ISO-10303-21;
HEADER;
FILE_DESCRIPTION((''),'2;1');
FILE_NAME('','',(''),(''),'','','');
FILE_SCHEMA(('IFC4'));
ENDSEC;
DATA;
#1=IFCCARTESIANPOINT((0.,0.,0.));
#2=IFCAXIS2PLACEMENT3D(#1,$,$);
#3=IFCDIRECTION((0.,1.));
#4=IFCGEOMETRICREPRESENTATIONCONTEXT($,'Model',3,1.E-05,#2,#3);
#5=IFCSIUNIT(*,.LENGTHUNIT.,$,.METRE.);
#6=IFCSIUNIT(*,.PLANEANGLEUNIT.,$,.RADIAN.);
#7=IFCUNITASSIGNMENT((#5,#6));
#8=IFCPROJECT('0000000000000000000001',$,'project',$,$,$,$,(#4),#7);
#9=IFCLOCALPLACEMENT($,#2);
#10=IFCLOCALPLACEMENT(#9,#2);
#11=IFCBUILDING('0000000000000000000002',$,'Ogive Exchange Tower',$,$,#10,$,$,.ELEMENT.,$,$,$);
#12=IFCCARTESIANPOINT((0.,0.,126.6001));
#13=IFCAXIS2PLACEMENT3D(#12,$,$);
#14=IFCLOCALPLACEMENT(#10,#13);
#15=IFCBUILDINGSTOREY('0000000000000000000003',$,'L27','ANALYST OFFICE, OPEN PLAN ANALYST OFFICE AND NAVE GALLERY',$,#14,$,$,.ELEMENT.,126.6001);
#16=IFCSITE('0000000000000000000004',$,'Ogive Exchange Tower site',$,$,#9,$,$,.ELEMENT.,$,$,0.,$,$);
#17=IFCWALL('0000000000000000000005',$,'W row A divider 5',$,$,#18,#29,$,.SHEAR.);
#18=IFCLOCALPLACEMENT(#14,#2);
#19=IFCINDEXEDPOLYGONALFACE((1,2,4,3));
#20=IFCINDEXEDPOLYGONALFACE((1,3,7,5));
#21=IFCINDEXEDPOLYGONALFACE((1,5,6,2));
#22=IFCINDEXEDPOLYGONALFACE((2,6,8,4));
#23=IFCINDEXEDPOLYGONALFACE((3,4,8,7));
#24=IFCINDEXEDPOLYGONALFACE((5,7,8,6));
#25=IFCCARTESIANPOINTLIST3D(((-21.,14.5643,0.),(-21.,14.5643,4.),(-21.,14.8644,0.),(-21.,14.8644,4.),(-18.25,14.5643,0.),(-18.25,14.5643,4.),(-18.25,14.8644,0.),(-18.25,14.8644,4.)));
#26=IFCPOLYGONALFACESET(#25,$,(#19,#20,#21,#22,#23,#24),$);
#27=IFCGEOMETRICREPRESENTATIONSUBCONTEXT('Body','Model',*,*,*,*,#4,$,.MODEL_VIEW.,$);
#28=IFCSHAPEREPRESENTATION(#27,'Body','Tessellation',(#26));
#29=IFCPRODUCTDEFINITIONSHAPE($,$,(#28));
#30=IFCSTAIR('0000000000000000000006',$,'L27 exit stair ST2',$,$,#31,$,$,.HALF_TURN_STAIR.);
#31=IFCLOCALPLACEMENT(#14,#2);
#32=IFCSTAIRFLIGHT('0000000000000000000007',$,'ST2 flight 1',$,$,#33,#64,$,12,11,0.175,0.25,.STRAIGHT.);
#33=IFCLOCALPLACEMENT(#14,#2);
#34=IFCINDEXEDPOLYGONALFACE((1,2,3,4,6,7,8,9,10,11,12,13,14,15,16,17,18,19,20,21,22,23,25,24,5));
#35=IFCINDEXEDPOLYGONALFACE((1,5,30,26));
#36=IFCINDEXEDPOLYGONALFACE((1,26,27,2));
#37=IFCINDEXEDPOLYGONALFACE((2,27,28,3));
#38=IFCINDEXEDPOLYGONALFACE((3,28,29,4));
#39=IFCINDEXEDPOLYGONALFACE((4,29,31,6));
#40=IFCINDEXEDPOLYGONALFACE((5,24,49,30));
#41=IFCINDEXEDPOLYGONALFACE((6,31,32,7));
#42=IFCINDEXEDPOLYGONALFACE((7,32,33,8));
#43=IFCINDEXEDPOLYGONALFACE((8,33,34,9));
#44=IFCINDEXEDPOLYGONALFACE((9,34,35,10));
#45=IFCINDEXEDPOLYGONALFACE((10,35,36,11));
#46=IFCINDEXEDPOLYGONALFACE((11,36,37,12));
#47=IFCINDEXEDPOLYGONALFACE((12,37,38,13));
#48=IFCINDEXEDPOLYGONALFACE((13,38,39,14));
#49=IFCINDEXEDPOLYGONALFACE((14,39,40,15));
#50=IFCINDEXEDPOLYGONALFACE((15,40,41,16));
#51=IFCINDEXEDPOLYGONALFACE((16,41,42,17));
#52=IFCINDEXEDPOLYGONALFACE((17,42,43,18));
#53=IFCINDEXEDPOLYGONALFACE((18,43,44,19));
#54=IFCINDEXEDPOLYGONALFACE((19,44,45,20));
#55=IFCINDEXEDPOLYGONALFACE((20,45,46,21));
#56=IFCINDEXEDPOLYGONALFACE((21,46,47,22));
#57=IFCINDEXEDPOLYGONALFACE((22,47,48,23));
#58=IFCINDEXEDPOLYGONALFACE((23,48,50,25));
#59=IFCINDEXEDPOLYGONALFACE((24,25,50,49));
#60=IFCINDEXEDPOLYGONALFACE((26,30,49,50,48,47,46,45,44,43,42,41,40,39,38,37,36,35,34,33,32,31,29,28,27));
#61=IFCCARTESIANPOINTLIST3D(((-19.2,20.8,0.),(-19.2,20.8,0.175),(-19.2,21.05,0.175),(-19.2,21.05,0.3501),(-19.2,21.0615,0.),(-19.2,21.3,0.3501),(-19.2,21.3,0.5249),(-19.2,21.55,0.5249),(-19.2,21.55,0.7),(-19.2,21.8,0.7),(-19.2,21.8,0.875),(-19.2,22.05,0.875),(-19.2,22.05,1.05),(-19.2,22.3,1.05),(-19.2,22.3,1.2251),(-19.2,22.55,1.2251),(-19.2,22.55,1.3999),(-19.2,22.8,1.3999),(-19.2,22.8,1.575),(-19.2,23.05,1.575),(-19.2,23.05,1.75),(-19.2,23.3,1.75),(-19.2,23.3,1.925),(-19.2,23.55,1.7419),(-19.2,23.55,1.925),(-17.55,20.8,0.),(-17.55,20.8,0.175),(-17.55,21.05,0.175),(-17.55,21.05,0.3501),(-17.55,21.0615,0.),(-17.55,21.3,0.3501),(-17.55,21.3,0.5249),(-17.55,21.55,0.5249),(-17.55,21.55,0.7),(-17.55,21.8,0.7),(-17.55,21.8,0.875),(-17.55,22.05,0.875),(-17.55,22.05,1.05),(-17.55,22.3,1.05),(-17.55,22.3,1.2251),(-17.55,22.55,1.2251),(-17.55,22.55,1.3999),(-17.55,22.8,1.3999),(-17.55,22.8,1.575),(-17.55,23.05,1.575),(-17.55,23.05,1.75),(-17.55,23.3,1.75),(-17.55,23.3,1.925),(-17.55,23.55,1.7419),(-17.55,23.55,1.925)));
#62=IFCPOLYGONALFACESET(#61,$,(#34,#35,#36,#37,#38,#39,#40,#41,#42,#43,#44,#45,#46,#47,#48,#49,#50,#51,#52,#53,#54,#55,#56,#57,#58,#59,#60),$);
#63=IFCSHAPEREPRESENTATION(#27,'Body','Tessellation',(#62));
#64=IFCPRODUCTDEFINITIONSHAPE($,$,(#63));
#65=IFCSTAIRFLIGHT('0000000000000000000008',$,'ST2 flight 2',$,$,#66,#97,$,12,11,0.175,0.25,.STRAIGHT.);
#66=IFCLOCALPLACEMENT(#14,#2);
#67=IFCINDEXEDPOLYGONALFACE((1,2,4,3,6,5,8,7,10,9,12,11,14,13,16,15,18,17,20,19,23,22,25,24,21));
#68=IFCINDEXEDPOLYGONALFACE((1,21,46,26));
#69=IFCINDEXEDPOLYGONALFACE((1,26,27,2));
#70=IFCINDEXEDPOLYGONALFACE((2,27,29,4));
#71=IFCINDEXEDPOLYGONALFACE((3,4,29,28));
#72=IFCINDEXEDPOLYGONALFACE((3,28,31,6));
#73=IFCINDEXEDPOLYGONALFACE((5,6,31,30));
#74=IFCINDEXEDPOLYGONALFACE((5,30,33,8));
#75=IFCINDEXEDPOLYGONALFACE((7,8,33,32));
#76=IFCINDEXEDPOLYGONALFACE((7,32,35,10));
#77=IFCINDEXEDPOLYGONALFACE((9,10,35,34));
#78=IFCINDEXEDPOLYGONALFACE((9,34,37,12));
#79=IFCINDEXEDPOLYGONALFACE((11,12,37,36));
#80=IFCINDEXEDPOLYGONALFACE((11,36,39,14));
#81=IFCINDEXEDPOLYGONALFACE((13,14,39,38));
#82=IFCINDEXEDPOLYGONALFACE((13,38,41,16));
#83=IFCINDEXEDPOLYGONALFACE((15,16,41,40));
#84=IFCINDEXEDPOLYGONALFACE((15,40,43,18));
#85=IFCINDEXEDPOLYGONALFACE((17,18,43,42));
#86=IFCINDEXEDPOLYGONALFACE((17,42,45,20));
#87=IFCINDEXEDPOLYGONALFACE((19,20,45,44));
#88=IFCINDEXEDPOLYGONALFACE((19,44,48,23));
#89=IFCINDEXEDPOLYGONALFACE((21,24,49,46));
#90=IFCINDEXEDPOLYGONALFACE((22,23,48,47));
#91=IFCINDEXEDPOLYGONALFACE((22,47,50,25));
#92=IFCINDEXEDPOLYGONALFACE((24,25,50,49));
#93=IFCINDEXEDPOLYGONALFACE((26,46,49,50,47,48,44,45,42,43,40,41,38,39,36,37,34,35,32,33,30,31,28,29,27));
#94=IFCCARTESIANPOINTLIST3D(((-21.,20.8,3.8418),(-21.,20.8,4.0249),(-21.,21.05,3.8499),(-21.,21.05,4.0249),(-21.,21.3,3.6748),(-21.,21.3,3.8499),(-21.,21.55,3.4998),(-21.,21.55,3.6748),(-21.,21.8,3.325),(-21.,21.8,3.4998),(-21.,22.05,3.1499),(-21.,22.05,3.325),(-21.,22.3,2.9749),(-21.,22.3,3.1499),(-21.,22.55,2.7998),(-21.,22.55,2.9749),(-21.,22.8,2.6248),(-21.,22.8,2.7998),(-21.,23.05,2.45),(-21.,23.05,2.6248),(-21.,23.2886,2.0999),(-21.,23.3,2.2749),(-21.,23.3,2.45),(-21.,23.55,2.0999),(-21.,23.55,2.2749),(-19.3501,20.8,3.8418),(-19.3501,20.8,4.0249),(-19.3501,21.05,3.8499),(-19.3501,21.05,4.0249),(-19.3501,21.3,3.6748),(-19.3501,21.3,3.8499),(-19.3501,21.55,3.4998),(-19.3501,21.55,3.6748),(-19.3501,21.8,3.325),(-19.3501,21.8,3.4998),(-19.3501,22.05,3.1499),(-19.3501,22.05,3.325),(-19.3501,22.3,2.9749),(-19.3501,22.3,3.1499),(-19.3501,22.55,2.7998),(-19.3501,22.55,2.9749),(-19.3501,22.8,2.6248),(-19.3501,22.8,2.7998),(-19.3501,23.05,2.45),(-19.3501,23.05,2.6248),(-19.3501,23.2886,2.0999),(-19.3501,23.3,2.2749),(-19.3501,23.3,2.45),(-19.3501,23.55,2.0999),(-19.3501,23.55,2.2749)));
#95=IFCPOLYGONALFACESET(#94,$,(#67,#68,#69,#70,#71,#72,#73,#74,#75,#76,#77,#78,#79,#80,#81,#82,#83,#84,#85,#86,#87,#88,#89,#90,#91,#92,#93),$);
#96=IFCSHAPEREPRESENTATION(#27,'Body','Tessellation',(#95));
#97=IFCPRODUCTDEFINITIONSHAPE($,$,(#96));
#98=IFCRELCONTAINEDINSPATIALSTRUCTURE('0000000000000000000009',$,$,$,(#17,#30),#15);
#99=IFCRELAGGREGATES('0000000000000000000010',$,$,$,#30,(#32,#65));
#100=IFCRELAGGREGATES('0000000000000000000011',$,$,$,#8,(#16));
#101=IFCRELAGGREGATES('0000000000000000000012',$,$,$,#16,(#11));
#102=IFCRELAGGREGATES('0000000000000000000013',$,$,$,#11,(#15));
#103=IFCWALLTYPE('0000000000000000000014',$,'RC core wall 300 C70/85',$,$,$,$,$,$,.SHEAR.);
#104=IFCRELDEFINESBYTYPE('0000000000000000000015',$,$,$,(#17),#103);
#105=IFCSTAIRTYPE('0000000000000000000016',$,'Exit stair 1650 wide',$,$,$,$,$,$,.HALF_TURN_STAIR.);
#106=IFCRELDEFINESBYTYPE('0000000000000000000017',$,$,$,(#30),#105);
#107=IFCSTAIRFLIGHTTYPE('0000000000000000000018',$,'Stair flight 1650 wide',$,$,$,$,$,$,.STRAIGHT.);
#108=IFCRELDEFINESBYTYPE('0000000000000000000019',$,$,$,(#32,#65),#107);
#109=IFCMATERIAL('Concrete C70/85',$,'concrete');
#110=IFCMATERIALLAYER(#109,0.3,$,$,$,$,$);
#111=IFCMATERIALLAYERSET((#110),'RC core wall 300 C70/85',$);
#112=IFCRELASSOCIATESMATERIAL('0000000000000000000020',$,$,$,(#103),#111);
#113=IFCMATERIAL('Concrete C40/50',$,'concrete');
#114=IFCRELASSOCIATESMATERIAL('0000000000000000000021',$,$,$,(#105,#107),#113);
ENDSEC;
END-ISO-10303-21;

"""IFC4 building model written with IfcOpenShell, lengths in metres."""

from ifc_helpers import new_model, si_unit, direction, frame, frame_2d, origin, place, context, subcontext, project, spatial, polyline, rectangle, outline, extrude, material, layer, layer_set, type_object, element, aggregate, save


model = new_model("IFC4")

# Units and contexts
model_context = context("Model", 3, precision=1e-05, world=origin(), true_north=direction((0.0, 1.0)))
body_context = subcontext(model_context, "Body", "Model", "MODEL_VIEW")
ifc_project = project(units=[si_unit("LENGTHUNIT", "METRE"), si_unit("PLANEANGLEUNIT", "RADIAN")], contexts=[model_context])

# Site, building, storey
site_placement = place(None, origin())
site = spatial("IfcSite", under=ifc_project, at=site_placement, Name="Ogive Exchange Tower site", CompositionType="ELEMENT", RefElevation=0.0)
building_placement = place(site_placement, origin())
building = spatial("IfcBuilding", under=site, at=building_placement, Name="Ogive Exchange Tower", CompositionType="ELEMENT")
storey_placement = place(building_placement, frame((0.0, 0.0, 126.6001)))
storey = spatial("IfcBuildingStorey", under=building, at=storey_placement, Name="L27", Description="ANALYST OFFICE, OPEN PLAN ANALYST OFFICE AND NAVE GALLERY", CompositionType="ELEMENT", Elevation=126.6001)

# Shared definitions
ifc_material_1 = material(Name="Concrete C70/85", Category="concrete")

# Wall
ifc_layer_1 = layer(ifc_material_1, 0.3)
ifc_layer_set_1 = layer_set([ifc_layer_1], Name="RC core wall 300 C70/85")
wall_type_1 = type_object("IfcWallType", Name="RC core wall 300 C70/85", PredefinedType="SHEAR", material=ifc_layer_set_1)
for number, where, z_axis, x_axis, name in (
    (1, (-21.0, 14.7144, 0.0), (0.0, 0.0, 1.0), (1.0, 0.0, 0.0), "W row A divider 5"),
):
    element("IfcWall", number, at=place(storey_placement, frame(where, z_axis=z_axis, x_axis=x_axis)), inside=storey, type_object=wall_type_1, Name=name, PredefinedType="SHEAR", context=body_context, shape_type="SweptSolid", body=[
        extrude(rectangle(XDim=2.75, YDim=0.3, at=frame_2d((1.375, 0.0))), origin(), (0.0, 0.0, 1.0), 4.0),
    ])

# Stair, stair flights
ifc_material_2 = material(Name="Concrete C40/50", Category="concrete")
stair_type = type_object("IfcStairType", Name="Exit stair 1650 wide", PredefinedType="HALF_TURN_STAIR", material=ifc_material_2)
stair_placement = place(storey_placement, origin())
stair = element("IfcStair", 2, at=stair_placement, inside=storey, type_object=stair_type, Name="L27 exit stair ST2", PredefinedType="HALF_TURN_STAIR")
stair_flight_type = type_object("IfcStairFlightType", Name="Stair flight 1650 wide", PredefinedType="STRAIGHT", material=ifc_material_2)
stair_flight_1_placement = place(storey_placement, frame((-18.375, 20.8, 0.0), z_axis=(0.0, 0.0, 1.0), x_axis=(0.0, 1.0, 0.0)))
stair_flight_1 = element("IfcStairFlight", 3, at=stair_flight_1_placement, type_object=stair_flight_type, Name="ST2 flight 1", NumberOfRisers=12, NumberOfTreads=11, PredefinedType="STRAIGHT", RiserHeight=0.175, TreadLength=0.25, context=body_context, shape_type="SweptSolid", body=[
    extrude(outline(polyline([(0.0, 0.0), (0.0, 0.175), (0.25, 0.175), (0.25, 0.3501), (0.5, 0.3501), (0.5, 0.5249), (0.75, 0.5249), (0.75, 0.7), (1.0, 0.7), (1.0, 0.875), (1.25, 0.875), (1.25, 1.05), (1.5, 1.05), (1.5, 1.2251), (1.75, 1.2251), (1.75, 1.3999), (2.0, 1.3999), (2.0, 1.575), (2.25, 1.575), (2.25, 1.75), (2.5, 1.75), (2.5, 1.925), (2.75, 1.925), (2.75, 2.1001), (2.75, 1.7419), (0.2615, 0.0), (0.0, 0.0)])), frame((0.0, 0.825, 0.0), z_axis=(0.0, -1.0, 0.0), x_axis=(1.0, 0.0, 0.0)), (0.0, 0.0, 1.0), 1.6499),
])
stair_flight_2_placement = place(storey_placement, frame((-20.175, 23.55, 2.0999), z_axis=(0.0, 0.0, 1.0), x_axis=(0.0, -1.0, 0.0)))
stair_flight_2 = element("IfcStairFlight", 4, at=stair_flight_2_placement, type_object=stair_flight_type, Name="ST2 flight 2", NumberOfRisers=12, NumberOfTreads=11, PredefinedType="STRAIGHT", RiserHeight=0.175, TreadLength=0.25, context=body_context, shape_type="SweptSolid", body=[
    extrude(outline(polyline([(0.0, 0.0), (0.0, 0.175), (0.25, 0.175), (0.25, 0.3501), (0.5, 0.3501), (0.5, 0.5249), (0.75, 0.5249), (0.75, 0.7), (1.0, 0.7), (1.0, 0.875), (1.25, 0.875), (1.25, 1.05), (1.5, 1.05), (1.5, 1.2251), (1.75, 1.2251), (1.75, 1.3999), (2.0, 1.3999), (2.0, 1.575), (2.25, 1.575), (2.25, 1.75), (2.5, 1.75), (2.5, 1.925), (2.75, 1.925), (2.75, 2.1001), (2.75, 1.7419), (0.2615, 0.0), (0.0, 0.0)])), frame((0.0, 0.825, 0.0), z_axis=(0.0, -1.0, 0.0), x_axis=(1.0, 0.0, 0.0)), (0.0, 0.0, 1.0), 1.6499),
])
aggregate(stair, [stair_flight_1, stair_flight_2])

save(model, "model.ifc")
